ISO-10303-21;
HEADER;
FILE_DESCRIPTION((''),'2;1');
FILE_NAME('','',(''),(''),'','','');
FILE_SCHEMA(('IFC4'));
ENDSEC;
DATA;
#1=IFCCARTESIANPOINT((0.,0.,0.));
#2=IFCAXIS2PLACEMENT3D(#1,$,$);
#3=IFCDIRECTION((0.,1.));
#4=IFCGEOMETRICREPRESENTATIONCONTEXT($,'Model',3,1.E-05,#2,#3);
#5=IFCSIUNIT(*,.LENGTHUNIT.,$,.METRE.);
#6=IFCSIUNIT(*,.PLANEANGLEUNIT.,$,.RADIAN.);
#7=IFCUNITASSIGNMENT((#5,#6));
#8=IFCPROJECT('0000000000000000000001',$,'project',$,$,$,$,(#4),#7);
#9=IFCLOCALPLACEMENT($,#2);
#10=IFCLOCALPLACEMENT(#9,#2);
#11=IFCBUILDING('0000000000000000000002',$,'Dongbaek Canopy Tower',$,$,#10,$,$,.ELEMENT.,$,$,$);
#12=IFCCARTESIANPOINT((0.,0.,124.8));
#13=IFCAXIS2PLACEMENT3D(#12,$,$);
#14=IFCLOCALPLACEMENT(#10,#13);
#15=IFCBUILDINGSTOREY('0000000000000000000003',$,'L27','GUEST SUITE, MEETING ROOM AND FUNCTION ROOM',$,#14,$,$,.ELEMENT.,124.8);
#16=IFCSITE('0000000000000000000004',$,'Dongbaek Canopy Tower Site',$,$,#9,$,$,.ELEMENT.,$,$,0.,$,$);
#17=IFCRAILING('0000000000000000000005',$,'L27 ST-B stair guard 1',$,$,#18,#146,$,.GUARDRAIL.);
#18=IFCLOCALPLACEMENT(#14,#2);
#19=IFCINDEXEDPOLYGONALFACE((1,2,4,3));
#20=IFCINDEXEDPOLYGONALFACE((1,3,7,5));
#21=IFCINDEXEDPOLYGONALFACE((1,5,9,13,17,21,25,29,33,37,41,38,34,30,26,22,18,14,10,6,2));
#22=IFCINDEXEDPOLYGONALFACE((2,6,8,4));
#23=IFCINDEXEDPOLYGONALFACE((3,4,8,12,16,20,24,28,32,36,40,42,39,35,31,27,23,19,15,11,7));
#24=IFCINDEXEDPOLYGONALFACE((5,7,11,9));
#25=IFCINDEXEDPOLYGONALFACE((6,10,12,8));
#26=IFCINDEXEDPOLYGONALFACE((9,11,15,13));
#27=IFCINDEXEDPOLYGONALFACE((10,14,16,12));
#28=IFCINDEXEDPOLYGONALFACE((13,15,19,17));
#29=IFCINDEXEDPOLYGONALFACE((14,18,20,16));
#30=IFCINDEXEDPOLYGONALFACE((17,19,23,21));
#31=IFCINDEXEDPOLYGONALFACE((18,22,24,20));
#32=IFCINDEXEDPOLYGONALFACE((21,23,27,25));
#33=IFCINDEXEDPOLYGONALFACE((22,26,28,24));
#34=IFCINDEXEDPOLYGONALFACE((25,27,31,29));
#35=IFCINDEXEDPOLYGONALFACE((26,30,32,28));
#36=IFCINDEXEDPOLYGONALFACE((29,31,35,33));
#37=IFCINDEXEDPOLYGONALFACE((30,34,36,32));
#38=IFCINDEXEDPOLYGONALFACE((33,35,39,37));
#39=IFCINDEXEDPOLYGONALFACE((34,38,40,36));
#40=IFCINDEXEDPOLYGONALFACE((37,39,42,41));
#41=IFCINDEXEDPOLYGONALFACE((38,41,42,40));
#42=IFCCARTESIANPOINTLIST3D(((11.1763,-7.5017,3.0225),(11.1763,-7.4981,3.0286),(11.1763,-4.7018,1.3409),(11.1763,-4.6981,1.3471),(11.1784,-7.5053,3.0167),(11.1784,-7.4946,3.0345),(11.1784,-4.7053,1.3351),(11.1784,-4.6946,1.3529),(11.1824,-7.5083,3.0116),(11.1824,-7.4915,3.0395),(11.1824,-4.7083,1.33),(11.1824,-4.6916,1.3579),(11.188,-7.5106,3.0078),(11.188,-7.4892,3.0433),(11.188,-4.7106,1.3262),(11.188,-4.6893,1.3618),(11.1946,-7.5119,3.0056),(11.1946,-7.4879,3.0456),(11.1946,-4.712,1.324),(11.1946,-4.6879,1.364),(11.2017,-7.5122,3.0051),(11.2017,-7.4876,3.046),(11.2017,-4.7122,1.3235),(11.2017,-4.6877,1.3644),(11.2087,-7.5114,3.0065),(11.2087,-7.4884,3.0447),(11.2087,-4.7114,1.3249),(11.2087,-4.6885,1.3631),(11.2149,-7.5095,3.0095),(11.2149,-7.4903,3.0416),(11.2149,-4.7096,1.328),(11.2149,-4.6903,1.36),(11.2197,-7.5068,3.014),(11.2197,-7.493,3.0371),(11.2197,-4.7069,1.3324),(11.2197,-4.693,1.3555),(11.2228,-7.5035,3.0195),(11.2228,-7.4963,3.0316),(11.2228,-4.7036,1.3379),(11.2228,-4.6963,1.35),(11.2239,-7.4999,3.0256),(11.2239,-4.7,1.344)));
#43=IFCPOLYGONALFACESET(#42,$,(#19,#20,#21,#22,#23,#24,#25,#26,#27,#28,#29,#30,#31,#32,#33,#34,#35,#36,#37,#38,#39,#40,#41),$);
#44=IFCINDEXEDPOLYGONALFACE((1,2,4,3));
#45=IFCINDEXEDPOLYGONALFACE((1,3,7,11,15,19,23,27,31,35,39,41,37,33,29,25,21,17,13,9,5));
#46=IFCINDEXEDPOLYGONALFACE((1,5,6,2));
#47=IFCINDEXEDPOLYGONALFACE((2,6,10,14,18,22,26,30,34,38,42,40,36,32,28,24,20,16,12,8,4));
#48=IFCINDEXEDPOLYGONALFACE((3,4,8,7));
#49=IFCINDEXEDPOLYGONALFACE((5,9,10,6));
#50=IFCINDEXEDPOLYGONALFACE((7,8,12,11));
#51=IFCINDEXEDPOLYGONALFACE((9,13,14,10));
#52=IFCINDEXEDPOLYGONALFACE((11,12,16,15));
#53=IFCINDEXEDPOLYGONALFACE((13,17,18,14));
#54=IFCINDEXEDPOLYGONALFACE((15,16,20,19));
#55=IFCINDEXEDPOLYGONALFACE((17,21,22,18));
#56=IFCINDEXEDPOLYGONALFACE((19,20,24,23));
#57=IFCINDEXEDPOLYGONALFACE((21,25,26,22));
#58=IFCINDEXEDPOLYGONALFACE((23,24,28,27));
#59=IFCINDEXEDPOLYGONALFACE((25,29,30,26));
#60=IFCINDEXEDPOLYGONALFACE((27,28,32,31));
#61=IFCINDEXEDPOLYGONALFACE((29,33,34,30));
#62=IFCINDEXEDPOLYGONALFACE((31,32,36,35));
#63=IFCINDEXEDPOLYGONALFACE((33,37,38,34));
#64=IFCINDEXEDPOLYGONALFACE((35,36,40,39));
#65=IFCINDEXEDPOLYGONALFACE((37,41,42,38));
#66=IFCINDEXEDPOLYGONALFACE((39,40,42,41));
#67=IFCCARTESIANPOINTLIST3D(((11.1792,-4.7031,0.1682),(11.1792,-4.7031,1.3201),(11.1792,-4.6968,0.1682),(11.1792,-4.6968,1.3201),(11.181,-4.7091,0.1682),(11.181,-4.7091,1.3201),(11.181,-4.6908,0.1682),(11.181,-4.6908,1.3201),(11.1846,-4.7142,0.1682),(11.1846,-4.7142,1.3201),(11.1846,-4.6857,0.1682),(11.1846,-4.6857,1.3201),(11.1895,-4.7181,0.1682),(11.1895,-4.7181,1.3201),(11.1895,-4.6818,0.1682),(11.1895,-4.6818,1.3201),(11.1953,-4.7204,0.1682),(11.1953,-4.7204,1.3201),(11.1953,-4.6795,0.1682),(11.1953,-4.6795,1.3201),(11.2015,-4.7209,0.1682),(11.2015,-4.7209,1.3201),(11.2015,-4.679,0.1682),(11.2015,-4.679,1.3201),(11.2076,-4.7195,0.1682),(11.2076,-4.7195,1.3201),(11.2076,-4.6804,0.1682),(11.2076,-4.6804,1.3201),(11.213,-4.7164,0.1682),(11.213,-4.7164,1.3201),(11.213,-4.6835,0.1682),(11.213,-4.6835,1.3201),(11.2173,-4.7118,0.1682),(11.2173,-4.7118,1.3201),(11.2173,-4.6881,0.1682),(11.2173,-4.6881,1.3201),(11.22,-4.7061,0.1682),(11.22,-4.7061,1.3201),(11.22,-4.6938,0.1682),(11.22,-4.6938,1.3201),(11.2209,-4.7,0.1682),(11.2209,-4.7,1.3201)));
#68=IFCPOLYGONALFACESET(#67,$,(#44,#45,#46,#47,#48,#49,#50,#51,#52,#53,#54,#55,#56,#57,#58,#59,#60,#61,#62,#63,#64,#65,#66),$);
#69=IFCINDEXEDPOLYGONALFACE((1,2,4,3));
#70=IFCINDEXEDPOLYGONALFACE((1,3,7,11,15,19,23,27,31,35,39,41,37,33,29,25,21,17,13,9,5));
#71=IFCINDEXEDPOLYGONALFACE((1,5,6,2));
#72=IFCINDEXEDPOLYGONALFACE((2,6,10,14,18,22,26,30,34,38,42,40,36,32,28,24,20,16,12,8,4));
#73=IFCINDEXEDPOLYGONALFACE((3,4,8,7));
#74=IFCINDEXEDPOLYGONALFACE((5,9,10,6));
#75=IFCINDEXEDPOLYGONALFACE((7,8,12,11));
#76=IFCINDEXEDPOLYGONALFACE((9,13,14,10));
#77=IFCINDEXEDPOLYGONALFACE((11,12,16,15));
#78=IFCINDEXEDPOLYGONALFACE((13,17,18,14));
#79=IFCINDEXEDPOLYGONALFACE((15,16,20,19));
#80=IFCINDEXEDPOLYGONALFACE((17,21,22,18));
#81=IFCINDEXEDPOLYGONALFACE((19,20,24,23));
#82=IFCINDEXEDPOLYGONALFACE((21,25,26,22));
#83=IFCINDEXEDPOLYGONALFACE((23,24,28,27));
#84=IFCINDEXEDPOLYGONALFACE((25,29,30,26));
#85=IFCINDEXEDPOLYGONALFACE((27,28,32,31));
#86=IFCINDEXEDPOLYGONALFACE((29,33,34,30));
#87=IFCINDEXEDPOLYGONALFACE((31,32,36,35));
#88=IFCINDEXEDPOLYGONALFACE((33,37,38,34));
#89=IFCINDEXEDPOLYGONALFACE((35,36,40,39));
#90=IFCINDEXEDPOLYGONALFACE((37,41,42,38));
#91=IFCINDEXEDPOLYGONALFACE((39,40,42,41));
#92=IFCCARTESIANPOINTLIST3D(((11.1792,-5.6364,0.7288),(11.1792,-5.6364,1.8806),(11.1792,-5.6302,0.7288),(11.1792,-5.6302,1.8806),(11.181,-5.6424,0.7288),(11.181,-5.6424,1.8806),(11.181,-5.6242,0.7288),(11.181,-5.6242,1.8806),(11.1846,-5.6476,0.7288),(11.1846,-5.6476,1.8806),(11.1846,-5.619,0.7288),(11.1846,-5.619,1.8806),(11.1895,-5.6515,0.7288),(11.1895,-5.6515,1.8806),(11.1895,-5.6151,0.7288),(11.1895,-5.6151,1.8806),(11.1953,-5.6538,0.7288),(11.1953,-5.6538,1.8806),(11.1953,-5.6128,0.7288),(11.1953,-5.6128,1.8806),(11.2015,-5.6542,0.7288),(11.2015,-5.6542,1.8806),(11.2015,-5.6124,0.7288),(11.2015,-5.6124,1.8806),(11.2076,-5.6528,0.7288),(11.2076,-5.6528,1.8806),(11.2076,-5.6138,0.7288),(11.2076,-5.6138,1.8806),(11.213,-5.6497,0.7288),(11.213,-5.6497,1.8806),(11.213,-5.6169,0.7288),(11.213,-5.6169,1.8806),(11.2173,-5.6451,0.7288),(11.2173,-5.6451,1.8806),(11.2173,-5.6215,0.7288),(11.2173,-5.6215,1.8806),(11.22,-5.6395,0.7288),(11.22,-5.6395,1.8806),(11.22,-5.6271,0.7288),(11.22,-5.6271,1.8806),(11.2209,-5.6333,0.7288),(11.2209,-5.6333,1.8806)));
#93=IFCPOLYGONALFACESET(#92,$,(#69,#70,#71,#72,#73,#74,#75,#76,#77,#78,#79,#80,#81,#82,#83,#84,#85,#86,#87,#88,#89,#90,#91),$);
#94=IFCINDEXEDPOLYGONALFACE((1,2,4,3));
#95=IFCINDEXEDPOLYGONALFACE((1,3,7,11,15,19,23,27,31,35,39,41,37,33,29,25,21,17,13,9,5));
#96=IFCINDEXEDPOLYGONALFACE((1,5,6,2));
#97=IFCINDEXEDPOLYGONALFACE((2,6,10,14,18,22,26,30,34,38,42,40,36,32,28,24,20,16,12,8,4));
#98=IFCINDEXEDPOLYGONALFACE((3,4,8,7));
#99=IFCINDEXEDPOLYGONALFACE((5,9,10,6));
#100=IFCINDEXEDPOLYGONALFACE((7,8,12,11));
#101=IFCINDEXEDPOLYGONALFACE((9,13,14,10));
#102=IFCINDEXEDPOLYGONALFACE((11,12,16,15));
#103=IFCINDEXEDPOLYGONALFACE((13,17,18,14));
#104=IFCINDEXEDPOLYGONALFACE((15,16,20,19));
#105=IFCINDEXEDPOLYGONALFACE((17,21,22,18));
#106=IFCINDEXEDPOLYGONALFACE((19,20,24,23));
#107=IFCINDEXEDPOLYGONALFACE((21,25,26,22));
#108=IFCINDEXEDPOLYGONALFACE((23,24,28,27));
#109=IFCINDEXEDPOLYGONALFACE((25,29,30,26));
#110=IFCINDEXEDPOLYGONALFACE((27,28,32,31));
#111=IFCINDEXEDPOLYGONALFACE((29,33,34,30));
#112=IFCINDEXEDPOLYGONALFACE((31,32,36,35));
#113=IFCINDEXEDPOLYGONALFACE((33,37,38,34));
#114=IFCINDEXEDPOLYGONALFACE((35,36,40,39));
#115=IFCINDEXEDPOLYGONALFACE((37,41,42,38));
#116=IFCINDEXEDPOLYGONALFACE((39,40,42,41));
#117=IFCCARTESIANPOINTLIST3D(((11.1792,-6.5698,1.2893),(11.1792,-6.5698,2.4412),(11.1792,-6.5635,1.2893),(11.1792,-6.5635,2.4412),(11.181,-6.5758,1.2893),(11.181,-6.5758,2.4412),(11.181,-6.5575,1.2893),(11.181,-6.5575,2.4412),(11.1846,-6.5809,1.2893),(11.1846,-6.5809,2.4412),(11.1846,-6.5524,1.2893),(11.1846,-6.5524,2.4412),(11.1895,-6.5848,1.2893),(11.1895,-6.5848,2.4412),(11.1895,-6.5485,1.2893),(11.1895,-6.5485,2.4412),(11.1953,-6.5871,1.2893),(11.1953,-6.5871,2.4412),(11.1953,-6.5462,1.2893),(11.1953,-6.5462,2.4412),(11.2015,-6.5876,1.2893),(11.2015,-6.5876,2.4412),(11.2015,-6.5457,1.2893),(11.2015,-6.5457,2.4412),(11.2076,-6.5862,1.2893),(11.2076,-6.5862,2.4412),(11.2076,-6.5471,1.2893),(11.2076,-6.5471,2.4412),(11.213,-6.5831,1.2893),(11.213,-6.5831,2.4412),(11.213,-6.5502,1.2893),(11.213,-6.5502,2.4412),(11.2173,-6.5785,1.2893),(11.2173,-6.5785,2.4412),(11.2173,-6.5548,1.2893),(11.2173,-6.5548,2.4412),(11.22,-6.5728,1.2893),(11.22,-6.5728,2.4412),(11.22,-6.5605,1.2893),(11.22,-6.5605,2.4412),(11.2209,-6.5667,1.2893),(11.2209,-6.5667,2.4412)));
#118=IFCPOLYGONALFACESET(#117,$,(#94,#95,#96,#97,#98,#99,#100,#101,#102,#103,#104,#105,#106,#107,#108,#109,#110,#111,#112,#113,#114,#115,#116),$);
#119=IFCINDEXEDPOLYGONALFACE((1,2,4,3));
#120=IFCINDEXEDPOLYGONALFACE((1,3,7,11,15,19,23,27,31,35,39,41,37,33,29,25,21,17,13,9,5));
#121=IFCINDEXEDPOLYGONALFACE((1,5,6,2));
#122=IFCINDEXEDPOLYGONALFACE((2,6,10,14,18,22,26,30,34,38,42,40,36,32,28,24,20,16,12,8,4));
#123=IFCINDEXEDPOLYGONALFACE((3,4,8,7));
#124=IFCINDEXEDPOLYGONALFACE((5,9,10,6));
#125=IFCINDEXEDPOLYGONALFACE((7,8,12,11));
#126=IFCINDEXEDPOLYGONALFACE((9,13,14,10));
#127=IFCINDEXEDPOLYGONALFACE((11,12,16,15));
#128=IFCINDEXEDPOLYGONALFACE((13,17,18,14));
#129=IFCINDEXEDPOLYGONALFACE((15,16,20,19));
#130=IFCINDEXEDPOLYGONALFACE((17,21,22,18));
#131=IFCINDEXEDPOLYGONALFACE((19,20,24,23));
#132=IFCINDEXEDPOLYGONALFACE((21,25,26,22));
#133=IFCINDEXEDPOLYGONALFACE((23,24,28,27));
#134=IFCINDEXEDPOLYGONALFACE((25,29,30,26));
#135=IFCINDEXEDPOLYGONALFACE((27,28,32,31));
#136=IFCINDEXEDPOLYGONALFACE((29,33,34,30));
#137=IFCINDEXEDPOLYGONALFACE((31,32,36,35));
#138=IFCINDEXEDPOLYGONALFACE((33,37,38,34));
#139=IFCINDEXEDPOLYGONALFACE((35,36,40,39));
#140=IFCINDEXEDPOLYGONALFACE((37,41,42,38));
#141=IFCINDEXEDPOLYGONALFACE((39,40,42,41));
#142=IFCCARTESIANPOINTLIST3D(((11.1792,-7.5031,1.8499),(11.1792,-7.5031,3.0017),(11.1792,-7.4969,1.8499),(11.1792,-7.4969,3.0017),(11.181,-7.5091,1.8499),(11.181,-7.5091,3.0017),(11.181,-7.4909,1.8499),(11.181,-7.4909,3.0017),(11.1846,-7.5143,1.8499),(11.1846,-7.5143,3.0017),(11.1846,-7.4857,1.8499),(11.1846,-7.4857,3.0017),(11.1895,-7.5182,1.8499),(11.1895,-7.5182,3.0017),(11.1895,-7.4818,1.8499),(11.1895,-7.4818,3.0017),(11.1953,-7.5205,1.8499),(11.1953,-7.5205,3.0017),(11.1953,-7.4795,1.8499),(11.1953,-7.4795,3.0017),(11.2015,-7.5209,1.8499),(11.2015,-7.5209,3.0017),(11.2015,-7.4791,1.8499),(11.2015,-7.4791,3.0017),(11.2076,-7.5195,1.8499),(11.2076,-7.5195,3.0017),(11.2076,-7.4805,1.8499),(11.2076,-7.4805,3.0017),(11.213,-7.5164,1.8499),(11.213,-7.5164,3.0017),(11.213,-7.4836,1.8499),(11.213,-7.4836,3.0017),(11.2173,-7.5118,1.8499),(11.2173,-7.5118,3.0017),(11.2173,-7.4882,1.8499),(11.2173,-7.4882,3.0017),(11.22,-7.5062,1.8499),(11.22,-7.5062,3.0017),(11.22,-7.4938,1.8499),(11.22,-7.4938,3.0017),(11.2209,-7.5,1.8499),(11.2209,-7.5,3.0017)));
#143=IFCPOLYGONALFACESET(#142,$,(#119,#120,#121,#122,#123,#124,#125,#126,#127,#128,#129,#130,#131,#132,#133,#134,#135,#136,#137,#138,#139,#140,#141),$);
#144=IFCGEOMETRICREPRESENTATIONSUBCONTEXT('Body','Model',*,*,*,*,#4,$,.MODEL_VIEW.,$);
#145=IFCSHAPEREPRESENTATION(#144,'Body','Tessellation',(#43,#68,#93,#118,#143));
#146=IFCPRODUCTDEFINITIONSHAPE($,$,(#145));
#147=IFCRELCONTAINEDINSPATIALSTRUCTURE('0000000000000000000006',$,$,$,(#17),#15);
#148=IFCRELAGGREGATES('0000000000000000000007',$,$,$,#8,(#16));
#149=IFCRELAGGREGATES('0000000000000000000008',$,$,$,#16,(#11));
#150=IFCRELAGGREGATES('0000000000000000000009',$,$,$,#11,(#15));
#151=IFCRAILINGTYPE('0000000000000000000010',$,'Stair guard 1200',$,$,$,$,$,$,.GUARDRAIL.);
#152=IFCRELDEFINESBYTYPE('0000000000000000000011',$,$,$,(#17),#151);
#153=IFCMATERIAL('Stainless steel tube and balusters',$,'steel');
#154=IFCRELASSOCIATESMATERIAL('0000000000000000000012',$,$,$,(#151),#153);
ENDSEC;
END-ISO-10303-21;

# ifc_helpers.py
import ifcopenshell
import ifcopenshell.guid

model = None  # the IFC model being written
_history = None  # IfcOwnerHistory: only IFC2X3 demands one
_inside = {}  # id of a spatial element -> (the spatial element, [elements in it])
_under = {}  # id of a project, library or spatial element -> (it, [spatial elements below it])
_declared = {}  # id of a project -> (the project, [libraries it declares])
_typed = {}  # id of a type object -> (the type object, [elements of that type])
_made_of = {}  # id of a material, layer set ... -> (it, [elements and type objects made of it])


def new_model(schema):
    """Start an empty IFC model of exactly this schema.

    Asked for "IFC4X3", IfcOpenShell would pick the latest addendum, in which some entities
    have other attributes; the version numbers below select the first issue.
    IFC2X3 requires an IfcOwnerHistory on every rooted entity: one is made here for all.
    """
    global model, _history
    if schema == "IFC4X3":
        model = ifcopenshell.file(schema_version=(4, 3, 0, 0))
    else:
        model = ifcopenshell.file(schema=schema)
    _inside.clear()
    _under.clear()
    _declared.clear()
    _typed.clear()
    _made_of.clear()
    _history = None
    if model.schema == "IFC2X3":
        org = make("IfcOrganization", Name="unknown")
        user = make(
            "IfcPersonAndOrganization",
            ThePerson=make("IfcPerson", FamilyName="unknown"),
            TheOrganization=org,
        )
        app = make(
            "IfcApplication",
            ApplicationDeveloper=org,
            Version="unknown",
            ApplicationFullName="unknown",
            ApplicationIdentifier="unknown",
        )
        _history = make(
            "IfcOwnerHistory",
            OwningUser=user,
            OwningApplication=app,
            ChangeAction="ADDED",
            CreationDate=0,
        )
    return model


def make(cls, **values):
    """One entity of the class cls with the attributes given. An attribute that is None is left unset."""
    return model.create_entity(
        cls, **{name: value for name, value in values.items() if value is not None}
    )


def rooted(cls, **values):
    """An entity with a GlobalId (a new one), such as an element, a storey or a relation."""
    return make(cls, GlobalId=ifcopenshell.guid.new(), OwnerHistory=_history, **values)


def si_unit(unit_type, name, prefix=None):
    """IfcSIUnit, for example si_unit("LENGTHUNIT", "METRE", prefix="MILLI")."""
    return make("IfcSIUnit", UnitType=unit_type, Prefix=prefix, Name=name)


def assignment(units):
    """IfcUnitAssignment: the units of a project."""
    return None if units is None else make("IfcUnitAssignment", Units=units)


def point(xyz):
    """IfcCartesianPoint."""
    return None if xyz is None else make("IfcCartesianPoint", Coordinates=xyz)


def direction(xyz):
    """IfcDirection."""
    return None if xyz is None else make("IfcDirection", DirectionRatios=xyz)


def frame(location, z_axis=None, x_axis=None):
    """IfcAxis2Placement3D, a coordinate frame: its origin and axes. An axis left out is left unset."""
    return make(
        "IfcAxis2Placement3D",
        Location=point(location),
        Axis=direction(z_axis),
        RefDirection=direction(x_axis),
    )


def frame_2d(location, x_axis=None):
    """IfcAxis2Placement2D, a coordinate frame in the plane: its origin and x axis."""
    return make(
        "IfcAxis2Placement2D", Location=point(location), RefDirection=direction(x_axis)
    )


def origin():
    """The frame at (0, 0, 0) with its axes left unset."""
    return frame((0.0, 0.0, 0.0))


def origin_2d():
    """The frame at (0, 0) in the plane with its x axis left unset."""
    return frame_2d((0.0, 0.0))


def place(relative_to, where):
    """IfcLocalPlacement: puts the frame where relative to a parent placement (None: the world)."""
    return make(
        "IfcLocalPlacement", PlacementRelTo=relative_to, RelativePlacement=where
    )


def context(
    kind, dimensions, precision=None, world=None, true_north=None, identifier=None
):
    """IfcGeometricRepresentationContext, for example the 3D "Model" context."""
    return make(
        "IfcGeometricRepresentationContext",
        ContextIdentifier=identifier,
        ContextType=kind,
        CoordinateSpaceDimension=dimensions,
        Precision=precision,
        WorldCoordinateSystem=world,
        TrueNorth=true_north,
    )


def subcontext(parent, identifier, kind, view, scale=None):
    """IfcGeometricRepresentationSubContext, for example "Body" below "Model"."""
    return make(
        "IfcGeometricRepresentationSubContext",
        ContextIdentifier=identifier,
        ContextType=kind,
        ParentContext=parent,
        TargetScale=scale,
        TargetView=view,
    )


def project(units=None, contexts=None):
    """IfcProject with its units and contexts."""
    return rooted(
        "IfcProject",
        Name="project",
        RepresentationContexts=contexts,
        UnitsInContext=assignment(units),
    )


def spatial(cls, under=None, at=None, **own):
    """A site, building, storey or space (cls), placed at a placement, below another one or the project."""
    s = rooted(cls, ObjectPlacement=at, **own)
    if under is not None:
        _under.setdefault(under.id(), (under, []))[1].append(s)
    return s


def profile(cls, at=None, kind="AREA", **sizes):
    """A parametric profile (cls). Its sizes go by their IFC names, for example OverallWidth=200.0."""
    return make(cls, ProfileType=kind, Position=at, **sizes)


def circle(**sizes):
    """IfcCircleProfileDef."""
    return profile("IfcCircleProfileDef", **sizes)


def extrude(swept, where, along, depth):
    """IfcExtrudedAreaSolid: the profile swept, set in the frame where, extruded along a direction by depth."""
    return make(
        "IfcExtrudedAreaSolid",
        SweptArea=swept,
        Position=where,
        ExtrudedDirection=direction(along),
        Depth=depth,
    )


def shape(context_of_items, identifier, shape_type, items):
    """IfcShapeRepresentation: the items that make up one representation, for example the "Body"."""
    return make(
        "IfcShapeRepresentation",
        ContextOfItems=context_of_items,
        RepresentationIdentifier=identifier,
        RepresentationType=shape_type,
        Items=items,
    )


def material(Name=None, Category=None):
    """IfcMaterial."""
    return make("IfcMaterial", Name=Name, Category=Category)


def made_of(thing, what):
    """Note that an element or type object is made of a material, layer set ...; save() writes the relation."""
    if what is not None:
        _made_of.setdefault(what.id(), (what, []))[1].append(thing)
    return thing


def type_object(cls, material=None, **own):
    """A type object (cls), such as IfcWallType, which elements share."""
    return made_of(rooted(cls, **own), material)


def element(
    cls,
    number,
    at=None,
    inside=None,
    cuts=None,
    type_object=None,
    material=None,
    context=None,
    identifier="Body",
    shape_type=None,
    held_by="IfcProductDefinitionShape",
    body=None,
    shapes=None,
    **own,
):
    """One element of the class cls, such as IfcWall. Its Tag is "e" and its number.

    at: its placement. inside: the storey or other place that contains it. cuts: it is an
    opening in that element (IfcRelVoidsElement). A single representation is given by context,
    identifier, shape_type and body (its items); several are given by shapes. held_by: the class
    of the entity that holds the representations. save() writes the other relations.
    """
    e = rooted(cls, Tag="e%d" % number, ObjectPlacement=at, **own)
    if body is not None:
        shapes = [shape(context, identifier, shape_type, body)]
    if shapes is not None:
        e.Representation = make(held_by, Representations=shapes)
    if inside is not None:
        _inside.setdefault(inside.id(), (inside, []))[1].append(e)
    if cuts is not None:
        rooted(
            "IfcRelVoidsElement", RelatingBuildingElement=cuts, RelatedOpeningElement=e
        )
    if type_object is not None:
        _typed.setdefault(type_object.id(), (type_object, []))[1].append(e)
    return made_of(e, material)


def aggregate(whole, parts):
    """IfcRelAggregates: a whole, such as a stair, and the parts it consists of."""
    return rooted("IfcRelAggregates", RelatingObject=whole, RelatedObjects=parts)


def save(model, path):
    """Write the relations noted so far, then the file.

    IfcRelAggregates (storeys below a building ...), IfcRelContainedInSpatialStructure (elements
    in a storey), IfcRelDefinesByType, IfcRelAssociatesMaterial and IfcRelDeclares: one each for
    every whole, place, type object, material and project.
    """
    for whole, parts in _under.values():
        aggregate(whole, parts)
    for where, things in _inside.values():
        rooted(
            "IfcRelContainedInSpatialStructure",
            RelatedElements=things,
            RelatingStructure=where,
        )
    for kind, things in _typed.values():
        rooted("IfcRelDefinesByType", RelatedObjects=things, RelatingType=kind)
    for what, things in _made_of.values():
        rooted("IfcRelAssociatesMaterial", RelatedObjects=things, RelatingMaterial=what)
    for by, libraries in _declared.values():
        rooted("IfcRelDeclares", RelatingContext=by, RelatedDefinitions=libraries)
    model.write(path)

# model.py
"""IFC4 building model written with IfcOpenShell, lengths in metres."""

from ifc_helpers import new_model, si_unit, direction, frame, origin, origin_2d, place, context, subcontext, project, spatial, circle, extrude, material, type_object, element, save


model = new_model("IFC4")

# Units and contexts
model_context = context("Model", 3, precision=1e-05, world=origin(), true_north=direction((0.0, 1.0)))
body_context = subcontext(model_context, "Body", "Model", "MODEL_VIEW")
ifc_project = project(units=[si_unit("LENGTHUNIT", "METRE"), si_unit("PLANEANGLEUNIT", "RADIAN")], contexts=[model_context])

# Site, building, storey
site_placement = place(None, origin())
site = spatial("IfcSite", under=ifc_project, at=site_placement, Name="Dongbaek Canopy Tower Site", CompositionType="ELEMENT", RefElevation=0.0)
building_placement = place(site_placement, origin())
building = spatial("IfcBuilding", under=site, at=building_placement, Name="Dongbaek Canopy Tower", CompositionType="ELEMENT")
storey_placement = place(building_placement, frame((0.0, 0.0, 124.8)))
storey = spatial("IfcBuildingStorey", under=building, at=storey_placement, Name="L27", Description="GUEST SUITE, MEETING ROOM AND FUNCTION ROOM", CompositionType="ELEMENT", Elevation=124.8)

# Railing
ifc_material_1 = material(Name="Stainless steel tube and balusters", Category="steel")
railing_type_1 = type_object("IfcRailingType", Name="Stair guard 1200", PredefinedType="GUARDRAIL", material=ifc_material_1)
railing_1_placement = place(storey_placement, frame((11.2, -4.7, 0.1682)))
element("IfcRailing", 1, at=railing_1_placement, inside=storey, type_object=railing_type_1, Name="L27 ST-B stair guard 1", PredefinedType="GUARDRAIL", context=body_context, shape_type="SweptSolid", body=[
    extrude(circle(Radius=0.0239, at=origin_2d()), frame((0.0, 0.0, 1.1758), z_axis=(0.0, -0.857275, 0.514858), x_axis=(1.0, 0.0, 0.0)), (0.0, 0.0, 1.0), 3.2661),
    extrude(circle(Radius=0.021, at=origin_2d()), origin(), (0.0, 0.0, 1.0), 1.1519),
    extrude(circle(Radius=0.021, at=origin_2d()), frame((0.0, -0.9333, 0.5605)), (0.0, 0.0, 1.0), 1.1519),
    extrude(circle(Radius=0.021, at=origin_2d()), frame((0.0, -1.8667, 1.1211)), (0.0, 0.0, 1.0), 1.1519),
    extrude(circle(Radius=0.021, at=origin_2d()), frame((0.0, -2.8, 1.6816)), (0.0, 0.0, 1.0), 1.1519),
])

save(model, "model.ifc")
